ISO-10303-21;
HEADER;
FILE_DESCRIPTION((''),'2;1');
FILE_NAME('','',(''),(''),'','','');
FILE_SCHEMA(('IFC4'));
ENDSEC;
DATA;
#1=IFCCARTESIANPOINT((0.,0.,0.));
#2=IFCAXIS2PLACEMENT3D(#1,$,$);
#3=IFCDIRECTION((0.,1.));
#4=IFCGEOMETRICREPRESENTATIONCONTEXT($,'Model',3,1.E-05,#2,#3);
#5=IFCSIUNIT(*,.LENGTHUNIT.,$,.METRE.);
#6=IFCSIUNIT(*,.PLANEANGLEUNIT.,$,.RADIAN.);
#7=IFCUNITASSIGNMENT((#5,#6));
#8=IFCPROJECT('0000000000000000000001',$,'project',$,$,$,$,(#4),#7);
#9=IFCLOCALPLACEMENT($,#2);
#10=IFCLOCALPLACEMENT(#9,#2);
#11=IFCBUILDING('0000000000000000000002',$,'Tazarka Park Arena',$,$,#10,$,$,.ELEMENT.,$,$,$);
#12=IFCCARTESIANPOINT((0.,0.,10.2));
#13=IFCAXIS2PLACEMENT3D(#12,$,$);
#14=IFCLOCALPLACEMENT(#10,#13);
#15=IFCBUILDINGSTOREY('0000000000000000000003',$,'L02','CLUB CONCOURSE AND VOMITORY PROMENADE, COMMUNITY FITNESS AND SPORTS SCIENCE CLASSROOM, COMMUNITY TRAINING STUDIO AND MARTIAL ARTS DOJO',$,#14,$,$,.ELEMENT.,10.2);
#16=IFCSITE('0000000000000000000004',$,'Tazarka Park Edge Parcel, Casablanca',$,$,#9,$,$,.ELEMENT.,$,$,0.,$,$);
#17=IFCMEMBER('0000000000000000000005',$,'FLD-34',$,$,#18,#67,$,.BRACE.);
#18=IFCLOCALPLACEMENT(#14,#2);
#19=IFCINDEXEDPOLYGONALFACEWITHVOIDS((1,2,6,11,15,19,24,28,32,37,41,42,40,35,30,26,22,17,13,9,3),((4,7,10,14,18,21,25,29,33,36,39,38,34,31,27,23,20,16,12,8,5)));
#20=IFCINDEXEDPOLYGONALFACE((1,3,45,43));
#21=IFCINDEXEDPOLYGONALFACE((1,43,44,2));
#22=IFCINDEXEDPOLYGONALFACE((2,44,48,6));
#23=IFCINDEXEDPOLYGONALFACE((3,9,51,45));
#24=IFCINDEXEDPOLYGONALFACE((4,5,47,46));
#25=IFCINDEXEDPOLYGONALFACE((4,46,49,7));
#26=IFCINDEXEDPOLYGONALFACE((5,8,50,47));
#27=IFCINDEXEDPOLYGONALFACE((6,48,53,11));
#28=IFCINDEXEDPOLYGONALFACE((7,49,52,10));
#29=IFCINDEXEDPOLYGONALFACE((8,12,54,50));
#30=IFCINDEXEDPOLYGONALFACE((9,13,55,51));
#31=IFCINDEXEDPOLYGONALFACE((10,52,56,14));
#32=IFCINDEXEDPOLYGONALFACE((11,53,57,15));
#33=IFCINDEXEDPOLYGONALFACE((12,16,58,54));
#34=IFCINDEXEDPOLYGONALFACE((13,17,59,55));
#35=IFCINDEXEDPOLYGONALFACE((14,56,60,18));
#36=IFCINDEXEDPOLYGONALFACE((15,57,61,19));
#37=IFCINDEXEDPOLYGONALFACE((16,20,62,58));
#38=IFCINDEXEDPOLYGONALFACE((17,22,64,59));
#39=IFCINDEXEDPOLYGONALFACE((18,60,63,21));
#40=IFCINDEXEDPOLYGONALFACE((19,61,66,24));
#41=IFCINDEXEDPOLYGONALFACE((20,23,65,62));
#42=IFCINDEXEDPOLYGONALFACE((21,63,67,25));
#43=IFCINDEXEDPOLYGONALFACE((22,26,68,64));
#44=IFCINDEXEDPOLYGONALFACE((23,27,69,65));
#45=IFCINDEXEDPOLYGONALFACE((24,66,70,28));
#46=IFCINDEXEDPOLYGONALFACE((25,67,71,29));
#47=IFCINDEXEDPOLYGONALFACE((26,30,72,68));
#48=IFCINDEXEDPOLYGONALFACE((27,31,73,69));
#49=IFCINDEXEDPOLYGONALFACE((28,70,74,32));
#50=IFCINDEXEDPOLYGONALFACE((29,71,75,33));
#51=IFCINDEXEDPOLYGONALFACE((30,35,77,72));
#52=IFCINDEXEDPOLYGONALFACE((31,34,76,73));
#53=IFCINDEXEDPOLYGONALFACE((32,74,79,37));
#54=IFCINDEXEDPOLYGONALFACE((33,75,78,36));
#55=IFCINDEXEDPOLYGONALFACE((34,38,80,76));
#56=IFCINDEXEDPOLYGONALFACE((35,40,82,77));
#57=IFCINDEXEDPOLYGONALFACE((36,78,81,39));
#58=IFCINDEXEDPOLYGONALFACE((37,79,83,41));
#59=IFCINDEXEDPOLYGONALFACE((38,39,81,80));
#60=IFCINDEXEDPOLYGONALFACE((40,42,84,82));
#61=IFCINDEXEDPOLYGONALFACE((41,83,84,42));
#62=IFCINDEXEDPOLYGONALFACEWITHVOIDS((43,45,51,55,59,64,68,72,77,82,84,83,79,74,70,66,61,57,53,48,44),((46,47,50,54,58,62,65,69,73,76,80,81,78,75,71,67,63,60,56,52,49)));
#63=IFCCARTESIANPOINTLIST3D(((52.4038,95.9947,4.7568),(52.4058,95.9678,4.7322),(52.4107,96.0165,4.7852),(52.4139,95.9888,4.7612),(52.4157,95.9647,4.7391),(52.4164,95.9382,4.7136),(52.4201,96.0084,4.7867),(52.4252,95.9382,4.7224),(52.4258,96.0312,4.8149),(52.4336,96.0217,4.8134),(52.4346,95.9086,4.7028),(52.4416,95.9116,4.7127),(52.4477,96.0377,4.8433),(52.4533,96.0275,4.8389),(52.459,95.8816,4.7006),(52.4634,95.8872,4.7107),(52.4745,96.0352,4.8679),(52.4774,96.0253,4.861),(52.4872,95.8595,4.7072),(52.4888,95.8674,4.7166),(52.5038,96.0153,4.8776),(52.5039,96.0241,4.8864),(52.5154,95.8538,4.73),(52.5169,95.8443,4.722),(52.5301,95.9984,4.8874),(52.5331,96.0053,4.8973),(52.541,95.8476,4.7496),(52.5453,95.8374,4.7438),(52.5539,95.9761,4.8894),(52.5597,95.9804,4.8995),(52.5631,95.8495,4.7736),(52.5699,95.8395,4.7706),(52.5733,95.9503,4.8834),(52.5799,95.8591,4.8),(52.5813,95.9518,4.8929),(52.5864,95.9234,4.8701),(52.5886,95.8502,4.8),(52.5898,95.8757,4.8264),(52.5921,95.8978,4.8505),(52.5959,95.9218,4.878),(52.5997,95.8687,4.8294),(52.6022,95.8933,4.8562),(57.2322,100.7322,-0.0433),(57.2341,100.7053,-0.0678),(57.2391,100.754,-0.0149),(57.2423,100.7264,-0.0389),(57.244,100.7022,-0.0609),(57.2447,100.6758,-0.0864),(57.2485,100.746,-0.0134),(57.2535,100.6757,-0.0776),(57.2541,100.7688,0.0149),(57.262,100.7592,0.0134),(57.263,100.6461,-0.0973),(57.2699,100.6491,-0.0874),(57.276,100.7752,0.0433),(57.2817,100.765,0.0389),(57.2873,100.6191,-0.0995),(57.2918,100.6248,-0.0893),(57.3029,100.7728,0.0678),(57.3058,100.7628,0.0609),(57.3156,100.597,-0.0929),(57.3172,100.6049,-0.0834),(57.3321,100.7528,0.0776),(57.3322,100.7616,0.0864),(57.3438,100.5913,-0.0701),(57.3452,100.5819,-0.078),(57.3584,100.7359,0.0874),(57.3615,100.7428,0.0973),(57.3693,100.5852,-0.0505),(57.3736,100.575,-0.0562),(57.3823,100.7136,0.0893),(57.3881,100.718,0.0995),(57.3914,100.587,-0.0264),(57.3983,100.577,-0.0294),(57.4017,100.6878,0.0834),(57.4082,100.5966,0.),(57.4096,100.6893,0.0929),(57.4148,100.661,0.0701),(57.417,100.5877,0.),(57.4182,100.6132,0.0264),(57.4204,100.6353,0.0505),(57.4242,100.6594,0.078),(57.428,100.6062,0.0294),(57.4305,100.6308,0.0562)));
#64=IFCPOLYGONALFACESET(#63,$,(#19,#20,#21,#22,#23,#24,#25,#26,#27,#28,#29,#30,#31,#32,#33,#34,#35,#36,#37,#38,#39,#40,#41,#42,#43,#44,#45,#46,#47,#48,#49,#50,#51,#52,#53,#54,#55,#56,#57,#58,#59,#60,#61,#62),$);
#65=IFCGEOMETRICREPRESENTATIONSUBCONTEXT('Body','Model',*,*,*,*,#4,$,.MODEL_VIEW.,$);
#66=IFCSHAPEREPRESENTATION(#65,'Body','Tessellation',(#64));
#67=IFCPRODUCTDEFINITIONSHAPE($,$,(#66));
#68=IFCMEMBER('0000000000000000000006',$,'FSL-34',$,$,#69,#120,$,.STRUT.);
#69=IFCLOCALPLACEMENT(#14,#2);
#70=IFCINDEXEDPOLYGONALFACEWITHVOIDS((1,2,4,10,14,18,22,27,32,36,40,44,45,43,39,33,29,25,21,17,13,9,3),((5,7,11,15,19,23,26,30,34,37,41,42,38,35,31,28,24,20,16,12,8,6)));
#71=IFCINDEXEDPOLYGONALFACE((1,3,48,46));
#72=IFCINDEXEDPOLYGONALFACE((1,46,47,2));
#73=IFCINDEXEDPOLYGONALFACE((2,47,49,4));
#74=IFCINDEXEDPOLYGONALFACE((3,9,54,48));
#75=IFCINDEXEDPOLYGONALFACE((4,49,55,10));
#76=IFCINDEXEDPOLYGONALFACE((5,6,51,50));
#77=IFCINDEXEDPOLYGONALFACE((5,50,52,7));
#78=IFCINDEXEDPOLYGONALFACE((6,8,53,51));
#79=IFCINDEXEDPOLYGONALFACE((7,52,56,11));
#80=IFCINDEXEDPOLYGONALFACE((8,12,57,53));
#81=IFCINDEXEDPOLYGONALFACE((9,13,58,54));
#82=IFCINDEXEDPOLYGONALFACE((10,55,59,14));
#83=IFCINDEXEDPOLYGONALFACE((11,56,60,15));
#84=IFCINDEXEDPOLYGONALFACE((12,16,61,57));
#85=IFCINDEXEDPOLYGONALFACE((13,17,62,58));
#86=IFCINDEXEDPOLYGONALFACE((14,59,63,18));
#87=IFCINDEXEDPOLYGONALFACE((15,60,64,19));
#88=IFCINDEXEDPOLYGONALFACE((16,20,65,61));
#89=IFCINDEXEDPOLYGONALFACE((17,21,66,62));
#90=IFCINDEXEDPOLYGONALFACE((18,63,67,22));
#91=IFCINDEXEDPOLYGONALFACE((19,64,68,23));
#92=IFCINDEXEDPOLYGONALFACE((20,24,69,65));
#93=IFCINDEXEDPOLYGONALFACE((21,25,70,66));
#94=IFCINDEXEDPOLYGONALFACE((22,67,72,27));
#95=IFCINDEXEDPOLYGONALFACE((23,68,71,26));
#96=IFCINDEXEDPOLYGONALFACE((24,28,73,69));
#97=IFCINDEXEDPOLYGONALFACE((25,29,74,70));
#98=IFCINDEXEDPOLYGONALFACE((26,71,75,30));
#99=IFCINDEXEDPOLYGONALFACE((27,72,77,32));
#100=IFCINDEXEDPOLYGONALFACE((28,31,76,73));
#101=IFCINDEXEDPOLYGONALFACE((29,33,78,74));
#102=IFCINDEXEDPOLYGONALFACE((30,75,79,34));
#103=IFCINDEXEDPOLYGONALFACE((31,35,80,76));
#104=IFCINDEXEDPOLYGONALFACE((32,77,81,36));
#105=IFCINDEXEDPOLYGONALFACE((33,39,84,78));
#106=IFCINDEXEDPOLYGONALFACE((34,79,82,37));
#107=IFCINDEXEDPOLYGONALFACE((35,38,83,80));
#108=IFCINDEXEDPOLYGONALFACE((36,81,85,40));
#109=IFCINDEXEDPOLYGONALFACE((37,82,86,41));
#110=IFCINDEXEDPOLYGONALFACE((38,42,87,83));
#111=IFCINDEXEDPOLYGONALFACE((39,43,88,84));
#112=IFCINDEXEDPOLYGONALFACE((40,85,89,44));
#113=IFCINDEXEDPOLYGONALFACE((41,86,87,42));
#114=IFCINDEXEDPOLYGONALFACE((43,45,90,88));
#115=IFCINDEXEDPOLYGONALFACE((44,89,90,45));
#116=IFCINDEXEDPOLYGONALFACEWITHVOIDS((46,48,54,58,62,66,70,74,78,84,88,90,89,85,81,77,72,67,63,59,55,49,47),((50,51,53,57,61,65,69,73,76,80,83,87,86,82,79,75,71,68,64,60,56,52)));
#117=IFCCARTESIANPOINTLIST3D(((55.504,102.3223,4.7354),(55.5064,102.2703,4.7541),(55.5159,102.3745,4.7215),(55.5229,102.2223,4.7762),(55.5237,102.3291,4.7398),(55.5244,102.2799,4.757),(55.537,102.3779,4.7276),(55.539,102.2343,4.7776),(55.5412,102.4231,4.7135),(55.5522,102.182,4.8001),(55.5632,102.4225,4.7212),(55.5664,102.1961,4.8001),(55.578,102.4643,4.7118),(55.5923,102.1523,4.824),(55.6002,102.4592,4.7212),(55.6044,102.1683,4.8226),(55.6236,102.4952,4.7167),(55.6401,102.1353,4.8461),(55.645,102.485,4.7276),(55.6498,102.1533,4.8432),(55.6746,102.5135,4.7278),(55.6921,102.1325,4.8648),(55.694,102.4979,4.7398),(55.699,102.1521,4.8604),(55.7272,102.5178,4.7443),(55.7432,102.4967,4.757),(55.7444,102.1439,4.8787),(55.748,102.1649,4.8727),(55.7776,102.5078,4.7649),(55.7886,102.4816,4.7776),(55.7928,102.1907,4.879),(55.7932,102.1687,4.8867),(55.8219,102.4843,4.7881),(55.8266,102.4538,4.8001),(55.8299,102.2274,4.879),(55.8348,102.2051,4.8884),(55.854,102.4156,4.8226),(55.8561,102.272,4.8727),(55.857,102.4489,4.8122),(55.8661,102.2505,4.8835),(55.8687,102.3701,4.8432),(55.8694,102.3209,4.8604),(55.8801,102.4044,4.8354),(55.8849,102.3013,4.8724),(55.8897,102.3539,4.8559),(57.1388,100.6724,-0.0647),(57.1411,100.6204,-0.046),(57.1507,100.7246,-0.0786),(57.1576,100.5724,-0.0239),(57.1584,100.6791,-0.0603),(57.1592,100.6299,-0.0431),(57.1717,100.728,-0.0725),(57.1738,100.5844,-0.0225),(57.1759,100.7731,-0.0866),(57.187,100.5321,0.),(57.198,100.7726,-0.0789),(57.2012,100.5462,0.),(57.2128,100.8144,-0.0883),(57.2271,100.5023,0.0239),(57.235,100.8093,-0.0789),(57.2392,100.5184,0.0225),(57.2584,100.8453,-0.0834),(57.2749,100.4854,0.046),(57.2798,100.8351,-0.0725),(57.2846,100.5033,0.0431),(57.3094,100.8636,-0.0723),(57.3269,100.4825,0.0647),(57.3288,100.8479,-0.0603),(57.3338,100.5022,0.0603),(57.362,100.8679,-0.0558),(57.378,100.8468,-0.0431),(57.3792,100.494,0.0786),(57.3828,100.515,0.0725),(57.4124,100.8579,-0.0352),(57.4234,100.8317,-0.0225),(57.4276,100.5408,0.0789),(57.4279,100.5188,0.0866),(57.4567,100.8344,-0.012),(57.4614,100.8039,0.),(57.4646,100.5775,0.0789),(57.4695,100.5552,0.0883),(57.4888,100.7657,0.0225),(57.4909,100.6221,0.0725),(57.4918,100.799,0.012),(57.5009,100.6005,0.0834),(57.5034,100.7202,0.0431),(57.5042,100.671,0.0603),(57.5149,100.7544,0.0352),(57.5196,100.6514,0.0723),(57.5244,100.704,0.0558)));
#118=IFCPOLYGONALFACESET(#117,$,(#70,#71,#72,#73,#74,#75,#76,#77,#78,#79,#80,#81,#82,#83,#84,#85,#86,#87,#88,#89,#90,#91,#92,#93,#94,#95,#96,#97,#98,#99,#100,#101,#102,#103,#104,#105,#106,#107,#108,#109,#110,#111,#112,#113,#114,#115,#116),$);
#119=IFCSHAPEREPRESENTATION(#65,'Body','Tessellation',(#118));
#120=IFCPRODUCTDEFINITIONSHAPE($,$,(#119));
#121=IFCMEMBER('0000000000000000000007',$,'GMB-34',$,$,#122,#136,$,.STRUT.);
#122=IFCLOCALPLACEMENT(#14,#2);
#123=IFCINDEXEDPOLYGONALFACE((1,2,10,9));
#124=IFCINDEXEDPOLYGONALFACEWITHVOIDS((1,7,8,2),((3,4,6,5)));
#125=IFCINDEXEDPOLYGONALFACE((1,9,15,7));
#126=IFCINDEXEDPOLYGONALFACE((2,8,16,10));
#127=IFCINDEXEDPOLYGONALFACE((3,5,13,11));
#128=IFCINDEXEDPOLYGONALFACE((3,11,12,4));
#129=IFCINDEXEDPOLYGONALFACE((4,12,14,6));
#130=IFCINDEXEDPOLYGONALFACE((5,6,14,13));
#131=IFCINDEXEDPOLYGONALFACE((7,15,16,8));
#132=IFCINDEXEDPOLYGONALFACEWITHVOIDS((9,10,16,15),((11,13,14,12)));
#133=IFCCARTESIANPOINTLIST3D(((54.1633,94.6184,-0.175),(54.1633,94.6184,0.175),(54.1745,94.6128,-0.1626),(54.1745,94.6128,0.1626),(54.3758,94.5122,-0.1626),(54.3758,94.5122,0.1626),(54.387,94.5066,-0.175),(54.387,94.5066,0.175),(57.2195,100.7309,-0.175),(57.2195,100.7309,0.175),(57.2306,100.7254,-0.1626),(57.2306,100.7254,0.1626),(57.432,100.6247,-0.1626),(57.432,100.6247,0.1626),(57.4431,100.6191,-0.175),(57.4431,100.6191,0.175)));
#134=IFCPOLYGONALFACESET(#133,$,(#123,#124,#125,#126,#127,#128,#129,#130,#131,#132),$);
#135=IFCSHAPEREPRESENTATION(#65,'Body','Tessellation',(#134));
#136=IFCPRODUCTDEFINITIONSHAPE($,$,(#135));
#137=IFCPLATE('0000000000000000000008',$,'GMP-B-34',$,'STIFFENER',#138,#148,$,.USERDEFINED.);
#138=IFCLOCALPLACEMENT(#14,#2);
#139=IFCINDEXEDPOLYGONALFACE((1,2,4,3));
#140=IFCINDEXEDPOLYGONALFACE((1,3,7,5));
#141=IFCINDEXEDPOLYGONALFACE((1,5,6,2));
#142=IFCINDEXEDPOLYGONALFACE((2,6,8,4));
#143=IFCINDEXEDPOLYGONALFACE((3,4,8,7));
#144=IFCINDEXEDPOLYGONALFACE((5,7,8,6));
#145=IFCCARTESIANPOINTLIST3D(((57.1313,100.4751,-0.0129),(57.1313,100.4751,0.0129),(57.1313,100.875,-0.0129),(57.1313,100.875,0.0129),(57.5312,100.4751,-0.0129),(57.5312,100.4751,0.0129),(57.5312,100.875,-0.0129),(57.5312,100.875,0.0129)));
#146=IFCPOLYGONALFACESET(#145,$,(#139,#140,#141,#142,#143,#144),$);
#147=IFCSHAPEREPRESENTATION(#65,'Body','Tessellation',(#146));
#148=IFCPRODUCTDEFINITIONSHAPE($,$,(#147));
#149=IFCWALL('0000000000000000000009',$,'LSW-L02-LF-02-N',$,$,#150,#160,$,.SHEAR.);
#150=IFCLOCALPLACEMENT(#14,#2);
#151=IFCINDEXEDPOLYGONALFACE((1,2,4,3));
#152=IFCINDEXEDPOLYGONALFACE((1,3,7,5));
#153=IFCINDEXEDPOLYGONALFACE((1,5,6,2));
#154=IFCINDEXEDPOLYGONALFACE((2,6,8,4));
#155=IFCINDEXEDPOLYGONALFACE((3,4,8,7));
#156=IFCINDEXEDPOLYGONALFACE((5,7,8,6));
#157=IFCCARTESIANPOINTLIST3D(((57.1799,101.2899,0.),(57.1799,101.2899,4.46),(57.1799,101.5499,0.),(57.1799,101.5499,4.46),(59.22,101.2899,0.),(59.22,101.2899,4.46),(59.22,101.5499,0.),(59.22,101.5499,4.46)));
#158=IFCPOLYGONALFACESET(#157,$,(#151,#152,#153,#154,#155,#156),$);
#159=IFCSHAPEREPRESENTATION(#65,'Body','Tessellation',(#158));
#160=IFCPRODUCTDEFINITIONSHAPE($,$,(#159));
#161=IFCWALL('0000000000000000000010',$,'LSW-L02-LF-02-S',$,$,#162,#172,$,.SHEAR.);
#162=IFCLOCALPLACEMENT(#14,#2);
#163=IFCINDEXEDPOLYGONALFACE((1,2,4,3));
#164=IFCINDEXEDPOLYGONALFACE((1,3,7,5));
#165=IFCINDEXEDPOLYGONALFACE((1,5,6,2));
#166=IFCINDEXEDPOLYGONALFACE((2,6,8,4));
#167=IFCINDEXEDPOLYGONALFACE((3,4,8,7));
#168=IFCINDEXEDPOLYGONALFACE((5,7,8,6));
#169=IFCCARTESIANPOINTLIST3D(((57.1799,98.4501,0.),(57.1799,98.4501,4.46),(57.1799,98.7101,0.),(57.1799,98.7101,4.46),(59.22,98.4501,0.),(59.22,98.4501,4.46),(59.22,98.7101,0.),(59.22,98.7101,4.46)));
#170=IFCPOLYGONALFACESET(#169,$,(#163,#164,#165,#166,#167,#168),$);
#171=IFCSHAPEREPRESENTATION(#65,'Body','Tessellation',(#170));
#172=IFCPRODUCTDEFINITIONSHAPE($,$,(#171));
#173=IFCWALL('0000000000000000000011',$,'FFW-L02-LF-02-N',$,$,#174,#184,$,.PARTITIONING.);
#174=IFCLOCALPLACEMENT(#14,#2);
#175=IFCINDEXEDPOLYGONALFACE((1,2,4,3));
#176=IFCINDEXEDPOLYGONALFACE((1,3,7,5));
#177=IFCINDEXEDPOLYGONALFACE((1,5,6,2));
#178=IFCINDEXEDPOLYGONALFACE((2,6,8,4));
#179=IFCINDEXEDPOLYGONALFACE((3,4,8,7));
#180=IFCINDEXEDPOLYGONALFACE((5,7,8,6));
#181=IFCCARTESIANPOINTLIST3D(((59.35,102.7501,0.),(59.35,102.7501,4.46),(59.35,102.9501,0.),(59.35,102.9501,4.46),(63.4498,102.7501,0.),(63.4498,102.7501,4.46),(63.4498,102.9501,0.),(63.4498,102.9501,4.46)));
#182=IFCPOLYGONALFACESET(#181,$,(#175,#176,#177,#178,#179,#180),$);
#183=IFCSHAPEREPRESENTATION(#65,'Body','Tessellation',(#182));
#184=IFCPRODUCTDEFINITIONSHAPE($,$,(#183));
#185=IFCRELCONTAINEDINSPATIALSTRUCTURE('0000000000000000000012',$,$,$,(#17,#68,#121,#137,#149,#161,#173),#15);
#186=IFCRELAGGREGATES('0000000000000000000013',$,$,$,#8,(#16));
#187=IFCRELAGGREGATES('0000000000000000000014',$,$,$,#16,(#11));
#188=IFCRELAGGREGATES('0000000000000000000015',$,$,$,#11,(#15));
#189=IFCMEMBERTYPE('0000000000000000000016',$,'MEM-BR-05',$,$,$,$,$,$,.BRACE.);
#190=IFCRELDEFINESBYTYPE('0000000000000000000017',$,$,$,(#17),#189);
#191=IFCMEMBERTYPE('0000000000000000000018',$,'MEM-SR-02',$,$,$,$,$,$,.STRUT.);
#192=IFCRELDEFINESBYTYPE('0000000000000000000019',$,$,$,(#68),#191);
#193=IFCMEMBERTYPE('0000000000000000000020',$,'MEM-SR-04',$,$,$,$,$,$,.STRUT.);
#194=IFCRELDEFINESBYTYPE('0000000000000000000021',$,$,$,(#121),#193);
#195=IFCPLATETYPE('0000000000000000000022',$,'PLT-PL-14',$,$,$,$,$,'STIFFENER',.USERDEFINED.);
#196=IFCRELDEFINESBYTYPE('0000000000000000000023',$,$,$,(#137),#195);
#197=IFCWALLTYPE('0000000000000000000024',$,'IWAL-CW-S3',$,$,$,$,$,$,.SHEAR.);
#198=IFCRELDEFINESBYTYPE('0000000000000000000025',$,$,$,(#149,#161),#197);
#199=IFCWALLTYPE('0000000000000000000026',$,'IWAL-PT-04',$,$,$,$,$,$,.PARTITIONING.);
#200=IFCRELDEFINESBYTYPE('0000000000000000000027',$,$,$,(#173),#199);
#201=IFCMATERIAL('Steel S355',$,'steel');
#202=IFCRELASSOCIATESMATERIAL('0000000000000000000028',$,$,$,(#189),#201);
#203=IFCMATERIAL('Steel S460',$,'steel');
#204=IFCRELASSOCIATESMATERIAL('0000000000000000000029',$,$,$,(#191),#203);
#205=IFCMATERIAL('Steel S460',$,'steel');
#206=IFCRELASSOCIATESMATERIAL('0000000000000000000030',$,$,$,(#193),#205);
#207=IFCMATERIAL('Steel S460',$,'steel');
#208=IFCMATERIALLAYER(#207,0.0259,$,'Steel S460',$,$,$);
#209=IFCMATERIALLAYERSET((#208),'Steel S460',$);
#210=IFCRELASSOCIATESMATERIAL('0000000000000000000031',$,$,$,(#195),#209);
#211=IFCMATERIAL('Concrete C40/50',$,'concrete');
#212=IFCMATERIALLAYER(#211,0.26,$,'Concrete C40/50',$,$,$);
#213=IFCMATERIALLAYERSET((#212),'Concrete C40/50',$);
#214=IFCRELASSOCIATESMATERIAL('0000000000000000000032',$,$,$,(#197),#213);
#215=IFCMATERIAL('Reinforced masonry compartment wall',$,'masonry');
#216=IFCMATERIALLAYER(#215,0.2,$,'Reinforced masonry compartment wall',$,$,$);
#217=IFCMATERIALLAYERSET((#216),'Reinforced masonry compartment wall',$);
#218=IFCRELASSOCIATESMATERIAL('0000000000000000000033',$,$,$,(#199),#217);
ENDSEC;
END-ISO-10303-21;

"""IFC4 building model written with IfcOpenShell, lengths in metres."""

from ifc_helpers import new_model, si_unit, direction, frame, frame_2d, origin, origin_2d, place, context, subcontext, project, spatial, rectangle, hollow_rectangle, hollow_circle, extrude, material, layer, layer_set, material_profile, profile_set, type_object, element, save


model = new_model("IFC4")

# Units and contexts
model_context = context("Model", 3, precision=1e-05, world=origin(), true_north=direction((0.0, 1.0)))
body_context = subcontext(model_context, "Body", "Model", "MODEL_VIEW")
ifc_project = project(units=[si_unit("LENGTHUNIT", "METRE"), si_unit("PLANEANGLEUNIT", "RADIAN")], contexts=[model_context])

# Site, building, storey
site_placement = place(None, origin())
site = spatial("IfcSite", under=ifc_project, at=site_placement, Name="Tazarka Park Edge Parcel, Casablanca", CompositionType="ELEMENT", RefElevation=0.0)
building_placement = place(site_placement, origin())
building = spatial("IfcBuilding", under=site, at=building_placement, Name="Tazarka Park Arena", CompositionType="ELEMENT")
storey_placement = place(building_placement, frame((0.0, 0.0, 10.2)))
storey = spatial("IfcBuildingStorey", under=building, at=storey_placement, Name="L02", Description="CLUB CONCOURSE AND VOMITORY PROMENADE, COMMUNITY FITNESS AND SPORTS SCIENCE CLASSROOM, COMMUNITY TRAINING STUDIO AND MARTIAL ARTS DOJO", CompositionType="ELEMENT", Elevation=10.2)

# Members
ifc_material_1 = material(Name="Steel S355", Category="steel")
ifc_material_profile_1 = material_profile(ifc_material_1, hollow_circle(Radius=0.1223, WallThickness=0.0125, at=origin_2d()), Name="Steel S355")
ifc_profile_set_1 = profile_set([ifc_material_profile_1], Name="Steel S355")
member_type_1 = type_object("IfcMemberType", Name="MEM-BR-05", PredefinedType="BRACE", material=ifc_profile_set_1)
member_1_placement = place(storey_placement, frame((57.3313, 100.675, 0.0), z_axis=(-0.58212, -0.571171, 0.578706), x_axis=(0.700362, -0.713788, 0.0)))
element("IfcMember", 1, at=member_1_placement, inside=storey, type_object=member_type_1, Name="FLD-34", PredefinedType="BRACE", context=body_context, shape_type="SweptSolid", body=[
    extrude(hollow_circle(Radius=0.1223, WallThickness=0.0125, at=origin_2d()), origin(), (0.0, 0.0, 1.0), 8.2944),
])
ifc_material_2 = material(Name="Steel S460", Category="steel")
ifc_material_profile_2 = material_profile(ifc_material_2, hollow_circle(Radius=0.2031, WallThickness=0.02, at=origin_2d()), Name="Steel S460")
ifc_profile_set_2 = profile_set([ifc_material_profile_2], Name="Steel S460")
member_type_2 = type_object("IfcMemberType", Name="MEM-SR-02", PredefinedType="STRUT", material=ifc_profile_set_2)
member_2_placement = place(storey_placement, frame((57.3313, 100.675, 0.0), z_axis=(-0.306569, 0.309407, 0.900157), x_axis=(-0.710358, -0.703841, 0.0)))
element("IfcMember", 2, at=member_2_placement, inside=storey, type_object=member_type_2, Name="FSL-34", PredefinedType="STRUT", context=body_context, shape_type="SweptSolid", body=[
    extrude(hollow_circle(Radius=0.2031, WallThickness=0.02, at=origin_2d()), origin(), (0.0, 0.0, 1.0), 5.3325),
])
ifc_material_3 = material(Name="Steel S460", Category="steel")
ifc_material_profile_3 = material_profile(ifc_material_3, hollow_rectangle(XDim=0.25, YDim=0.3501, WallThickness=0.0125, at=origin_2d()), Name="Steel S460")
ifc_profile_set_3 = profile_set([ifc_material_profile_3], Name="Steel S460")
member_type_3 = type_object("IfcMemberType", Name="MEM-SR-04", PredefinedType="STRUT", material=ifc_profile_set_3)
member_3_placement = place(storey_placement, frame((57.3313, 100.675, 0.0), z_axis=(-0.447199, -0.894434, 0.0), x_axis=(0.894434, -0.447199, 0.0)))
element("IfcMember", 3, at=member_3_placement, inside=storey, type_object=member_type_3, Name="GMB-34", PredefinedType="STRUT", context=body_context, shape_type="SweptSolid", body=[
    extrude(hollow_rectangle(XDim=0.25, YDim=0.3501, WallThickness=0.0125, at=origin_2d()), origin(), (0.0, 0.0, 1.0), 6.834),
])

# Plate
ifc_material_4 = material(Name="Steel S460", Category="steel")
ifc_layer_1 = layer(ifc_material_4, 0.0259, Name="Steel S460")
ifc_layer_set_1 = layer_set([ifc_layer_1], Name="Steel S460")
plate_type = type_object("IfcPlateType", Name="PLT-PL-14", ElementType="STIFFENER", PredefinedType="USERDEFINED", material=ifc_layer_set_1)
plate_placement = place(storey_placement, frame((57.3313, 100.675, -0.0129), z_axis=(0.0, 0.0, 1.0), x_axis=(1.0, 0.0, 0.0)))
element("IfcPlate", 4, at=plate_placement, inside=storey, type_object=plate_type, Name="GMP-B-34", ObjectType="STIFFENER", PredefinedType="USERDEFINED", context=body_context, shape_type="SweptSolid", body=[
    extrude(rectangle(XDim=0.3999, YDim=0.3999, at=origin_2d()), origin(), (0.0, 0.0, 1.0), 0.0259),
])

# Walls
ifc_material_5 = material(Name="Concrete C40/50", Category="concrete")
ifc_layer_2 = layer(ifc_material_5, 0.26, Name="Concrete C40/50")
ifc_layer_set_2 = layer_set([ifc_layer_2], Name="Concrete C40/50")
wall_type_1 = type_object("IfcWallType", Name="IWAL-CW-S3", PredefinedType="SHEAR", material=ifc_layer_set_2)
for number, where, z_axis, x_axis, name in (
    (5, (57.1799, 101.4199, 0.0), (0.0, 0.0, 1.0), (1.0, 0.0, 0.0), "LSW-L02-LF-02-N"),
    (6, (59.22, 98.5801, 0.0), (0.0, 0.0, 1.0), (-1.0, 0.0, 0.0), "LSW-L02-LF-02-S"),
):
    element("IfcWall", number, at=place(storey_placement, frame(where, z_axis=z_axis, x_axis=x_axis)), inside=storey, type_object=wall_type_1, Name=name, PredefinedType="SHEAR", context=body_context, shape_type="SweptSolid", body=[
        extrude(rectangle(XDim=2.04, YDim=0.26, at=frame_2d((1.02, 0.0))), origin(), (0.0, 0.0, 1.0), 4.46),
    ])

# Wall
ifc_material_6 = material(Name="Reinforced masonry compartment wall", Category="masonry")
ifc_layer_3 = layer(ifc_material_6, 0.2, Name="Reinforced masonry compartment wall")
ifc_layer_set_3 = layer_set([ifc_layer_3], Name="Reinforced masonry compartment wall")
wall_type_2 = type_object("IfcWallType", Name="IWAL-PT-04", PredefinedType="PARTITIONING", material=ifc_layer_set_3)
wall_1_placement = place(storey_placement, frame((59.3501, 102.8501, 0.0), z_axis=(0.0, 0.0, 1.0), x_axis=(1.0, 0.0, 0.0)))
element("IfcWall", 7, at=wall_1_placement, inside=storey, type_object=wall_type_2, Name="FFW-L02-LF-02-N", PredefinedType="PARTITIONING", context=body_context, shape_type="SweptSolid", body=[
    extrude(rectangle(XDim=4.0999, YDim=0.2, at=frame_2d((2.0498, 0.0))), origin(), (0.0, 0.0, 1.0), 4.46),
])

save(model, "model.ifc")
